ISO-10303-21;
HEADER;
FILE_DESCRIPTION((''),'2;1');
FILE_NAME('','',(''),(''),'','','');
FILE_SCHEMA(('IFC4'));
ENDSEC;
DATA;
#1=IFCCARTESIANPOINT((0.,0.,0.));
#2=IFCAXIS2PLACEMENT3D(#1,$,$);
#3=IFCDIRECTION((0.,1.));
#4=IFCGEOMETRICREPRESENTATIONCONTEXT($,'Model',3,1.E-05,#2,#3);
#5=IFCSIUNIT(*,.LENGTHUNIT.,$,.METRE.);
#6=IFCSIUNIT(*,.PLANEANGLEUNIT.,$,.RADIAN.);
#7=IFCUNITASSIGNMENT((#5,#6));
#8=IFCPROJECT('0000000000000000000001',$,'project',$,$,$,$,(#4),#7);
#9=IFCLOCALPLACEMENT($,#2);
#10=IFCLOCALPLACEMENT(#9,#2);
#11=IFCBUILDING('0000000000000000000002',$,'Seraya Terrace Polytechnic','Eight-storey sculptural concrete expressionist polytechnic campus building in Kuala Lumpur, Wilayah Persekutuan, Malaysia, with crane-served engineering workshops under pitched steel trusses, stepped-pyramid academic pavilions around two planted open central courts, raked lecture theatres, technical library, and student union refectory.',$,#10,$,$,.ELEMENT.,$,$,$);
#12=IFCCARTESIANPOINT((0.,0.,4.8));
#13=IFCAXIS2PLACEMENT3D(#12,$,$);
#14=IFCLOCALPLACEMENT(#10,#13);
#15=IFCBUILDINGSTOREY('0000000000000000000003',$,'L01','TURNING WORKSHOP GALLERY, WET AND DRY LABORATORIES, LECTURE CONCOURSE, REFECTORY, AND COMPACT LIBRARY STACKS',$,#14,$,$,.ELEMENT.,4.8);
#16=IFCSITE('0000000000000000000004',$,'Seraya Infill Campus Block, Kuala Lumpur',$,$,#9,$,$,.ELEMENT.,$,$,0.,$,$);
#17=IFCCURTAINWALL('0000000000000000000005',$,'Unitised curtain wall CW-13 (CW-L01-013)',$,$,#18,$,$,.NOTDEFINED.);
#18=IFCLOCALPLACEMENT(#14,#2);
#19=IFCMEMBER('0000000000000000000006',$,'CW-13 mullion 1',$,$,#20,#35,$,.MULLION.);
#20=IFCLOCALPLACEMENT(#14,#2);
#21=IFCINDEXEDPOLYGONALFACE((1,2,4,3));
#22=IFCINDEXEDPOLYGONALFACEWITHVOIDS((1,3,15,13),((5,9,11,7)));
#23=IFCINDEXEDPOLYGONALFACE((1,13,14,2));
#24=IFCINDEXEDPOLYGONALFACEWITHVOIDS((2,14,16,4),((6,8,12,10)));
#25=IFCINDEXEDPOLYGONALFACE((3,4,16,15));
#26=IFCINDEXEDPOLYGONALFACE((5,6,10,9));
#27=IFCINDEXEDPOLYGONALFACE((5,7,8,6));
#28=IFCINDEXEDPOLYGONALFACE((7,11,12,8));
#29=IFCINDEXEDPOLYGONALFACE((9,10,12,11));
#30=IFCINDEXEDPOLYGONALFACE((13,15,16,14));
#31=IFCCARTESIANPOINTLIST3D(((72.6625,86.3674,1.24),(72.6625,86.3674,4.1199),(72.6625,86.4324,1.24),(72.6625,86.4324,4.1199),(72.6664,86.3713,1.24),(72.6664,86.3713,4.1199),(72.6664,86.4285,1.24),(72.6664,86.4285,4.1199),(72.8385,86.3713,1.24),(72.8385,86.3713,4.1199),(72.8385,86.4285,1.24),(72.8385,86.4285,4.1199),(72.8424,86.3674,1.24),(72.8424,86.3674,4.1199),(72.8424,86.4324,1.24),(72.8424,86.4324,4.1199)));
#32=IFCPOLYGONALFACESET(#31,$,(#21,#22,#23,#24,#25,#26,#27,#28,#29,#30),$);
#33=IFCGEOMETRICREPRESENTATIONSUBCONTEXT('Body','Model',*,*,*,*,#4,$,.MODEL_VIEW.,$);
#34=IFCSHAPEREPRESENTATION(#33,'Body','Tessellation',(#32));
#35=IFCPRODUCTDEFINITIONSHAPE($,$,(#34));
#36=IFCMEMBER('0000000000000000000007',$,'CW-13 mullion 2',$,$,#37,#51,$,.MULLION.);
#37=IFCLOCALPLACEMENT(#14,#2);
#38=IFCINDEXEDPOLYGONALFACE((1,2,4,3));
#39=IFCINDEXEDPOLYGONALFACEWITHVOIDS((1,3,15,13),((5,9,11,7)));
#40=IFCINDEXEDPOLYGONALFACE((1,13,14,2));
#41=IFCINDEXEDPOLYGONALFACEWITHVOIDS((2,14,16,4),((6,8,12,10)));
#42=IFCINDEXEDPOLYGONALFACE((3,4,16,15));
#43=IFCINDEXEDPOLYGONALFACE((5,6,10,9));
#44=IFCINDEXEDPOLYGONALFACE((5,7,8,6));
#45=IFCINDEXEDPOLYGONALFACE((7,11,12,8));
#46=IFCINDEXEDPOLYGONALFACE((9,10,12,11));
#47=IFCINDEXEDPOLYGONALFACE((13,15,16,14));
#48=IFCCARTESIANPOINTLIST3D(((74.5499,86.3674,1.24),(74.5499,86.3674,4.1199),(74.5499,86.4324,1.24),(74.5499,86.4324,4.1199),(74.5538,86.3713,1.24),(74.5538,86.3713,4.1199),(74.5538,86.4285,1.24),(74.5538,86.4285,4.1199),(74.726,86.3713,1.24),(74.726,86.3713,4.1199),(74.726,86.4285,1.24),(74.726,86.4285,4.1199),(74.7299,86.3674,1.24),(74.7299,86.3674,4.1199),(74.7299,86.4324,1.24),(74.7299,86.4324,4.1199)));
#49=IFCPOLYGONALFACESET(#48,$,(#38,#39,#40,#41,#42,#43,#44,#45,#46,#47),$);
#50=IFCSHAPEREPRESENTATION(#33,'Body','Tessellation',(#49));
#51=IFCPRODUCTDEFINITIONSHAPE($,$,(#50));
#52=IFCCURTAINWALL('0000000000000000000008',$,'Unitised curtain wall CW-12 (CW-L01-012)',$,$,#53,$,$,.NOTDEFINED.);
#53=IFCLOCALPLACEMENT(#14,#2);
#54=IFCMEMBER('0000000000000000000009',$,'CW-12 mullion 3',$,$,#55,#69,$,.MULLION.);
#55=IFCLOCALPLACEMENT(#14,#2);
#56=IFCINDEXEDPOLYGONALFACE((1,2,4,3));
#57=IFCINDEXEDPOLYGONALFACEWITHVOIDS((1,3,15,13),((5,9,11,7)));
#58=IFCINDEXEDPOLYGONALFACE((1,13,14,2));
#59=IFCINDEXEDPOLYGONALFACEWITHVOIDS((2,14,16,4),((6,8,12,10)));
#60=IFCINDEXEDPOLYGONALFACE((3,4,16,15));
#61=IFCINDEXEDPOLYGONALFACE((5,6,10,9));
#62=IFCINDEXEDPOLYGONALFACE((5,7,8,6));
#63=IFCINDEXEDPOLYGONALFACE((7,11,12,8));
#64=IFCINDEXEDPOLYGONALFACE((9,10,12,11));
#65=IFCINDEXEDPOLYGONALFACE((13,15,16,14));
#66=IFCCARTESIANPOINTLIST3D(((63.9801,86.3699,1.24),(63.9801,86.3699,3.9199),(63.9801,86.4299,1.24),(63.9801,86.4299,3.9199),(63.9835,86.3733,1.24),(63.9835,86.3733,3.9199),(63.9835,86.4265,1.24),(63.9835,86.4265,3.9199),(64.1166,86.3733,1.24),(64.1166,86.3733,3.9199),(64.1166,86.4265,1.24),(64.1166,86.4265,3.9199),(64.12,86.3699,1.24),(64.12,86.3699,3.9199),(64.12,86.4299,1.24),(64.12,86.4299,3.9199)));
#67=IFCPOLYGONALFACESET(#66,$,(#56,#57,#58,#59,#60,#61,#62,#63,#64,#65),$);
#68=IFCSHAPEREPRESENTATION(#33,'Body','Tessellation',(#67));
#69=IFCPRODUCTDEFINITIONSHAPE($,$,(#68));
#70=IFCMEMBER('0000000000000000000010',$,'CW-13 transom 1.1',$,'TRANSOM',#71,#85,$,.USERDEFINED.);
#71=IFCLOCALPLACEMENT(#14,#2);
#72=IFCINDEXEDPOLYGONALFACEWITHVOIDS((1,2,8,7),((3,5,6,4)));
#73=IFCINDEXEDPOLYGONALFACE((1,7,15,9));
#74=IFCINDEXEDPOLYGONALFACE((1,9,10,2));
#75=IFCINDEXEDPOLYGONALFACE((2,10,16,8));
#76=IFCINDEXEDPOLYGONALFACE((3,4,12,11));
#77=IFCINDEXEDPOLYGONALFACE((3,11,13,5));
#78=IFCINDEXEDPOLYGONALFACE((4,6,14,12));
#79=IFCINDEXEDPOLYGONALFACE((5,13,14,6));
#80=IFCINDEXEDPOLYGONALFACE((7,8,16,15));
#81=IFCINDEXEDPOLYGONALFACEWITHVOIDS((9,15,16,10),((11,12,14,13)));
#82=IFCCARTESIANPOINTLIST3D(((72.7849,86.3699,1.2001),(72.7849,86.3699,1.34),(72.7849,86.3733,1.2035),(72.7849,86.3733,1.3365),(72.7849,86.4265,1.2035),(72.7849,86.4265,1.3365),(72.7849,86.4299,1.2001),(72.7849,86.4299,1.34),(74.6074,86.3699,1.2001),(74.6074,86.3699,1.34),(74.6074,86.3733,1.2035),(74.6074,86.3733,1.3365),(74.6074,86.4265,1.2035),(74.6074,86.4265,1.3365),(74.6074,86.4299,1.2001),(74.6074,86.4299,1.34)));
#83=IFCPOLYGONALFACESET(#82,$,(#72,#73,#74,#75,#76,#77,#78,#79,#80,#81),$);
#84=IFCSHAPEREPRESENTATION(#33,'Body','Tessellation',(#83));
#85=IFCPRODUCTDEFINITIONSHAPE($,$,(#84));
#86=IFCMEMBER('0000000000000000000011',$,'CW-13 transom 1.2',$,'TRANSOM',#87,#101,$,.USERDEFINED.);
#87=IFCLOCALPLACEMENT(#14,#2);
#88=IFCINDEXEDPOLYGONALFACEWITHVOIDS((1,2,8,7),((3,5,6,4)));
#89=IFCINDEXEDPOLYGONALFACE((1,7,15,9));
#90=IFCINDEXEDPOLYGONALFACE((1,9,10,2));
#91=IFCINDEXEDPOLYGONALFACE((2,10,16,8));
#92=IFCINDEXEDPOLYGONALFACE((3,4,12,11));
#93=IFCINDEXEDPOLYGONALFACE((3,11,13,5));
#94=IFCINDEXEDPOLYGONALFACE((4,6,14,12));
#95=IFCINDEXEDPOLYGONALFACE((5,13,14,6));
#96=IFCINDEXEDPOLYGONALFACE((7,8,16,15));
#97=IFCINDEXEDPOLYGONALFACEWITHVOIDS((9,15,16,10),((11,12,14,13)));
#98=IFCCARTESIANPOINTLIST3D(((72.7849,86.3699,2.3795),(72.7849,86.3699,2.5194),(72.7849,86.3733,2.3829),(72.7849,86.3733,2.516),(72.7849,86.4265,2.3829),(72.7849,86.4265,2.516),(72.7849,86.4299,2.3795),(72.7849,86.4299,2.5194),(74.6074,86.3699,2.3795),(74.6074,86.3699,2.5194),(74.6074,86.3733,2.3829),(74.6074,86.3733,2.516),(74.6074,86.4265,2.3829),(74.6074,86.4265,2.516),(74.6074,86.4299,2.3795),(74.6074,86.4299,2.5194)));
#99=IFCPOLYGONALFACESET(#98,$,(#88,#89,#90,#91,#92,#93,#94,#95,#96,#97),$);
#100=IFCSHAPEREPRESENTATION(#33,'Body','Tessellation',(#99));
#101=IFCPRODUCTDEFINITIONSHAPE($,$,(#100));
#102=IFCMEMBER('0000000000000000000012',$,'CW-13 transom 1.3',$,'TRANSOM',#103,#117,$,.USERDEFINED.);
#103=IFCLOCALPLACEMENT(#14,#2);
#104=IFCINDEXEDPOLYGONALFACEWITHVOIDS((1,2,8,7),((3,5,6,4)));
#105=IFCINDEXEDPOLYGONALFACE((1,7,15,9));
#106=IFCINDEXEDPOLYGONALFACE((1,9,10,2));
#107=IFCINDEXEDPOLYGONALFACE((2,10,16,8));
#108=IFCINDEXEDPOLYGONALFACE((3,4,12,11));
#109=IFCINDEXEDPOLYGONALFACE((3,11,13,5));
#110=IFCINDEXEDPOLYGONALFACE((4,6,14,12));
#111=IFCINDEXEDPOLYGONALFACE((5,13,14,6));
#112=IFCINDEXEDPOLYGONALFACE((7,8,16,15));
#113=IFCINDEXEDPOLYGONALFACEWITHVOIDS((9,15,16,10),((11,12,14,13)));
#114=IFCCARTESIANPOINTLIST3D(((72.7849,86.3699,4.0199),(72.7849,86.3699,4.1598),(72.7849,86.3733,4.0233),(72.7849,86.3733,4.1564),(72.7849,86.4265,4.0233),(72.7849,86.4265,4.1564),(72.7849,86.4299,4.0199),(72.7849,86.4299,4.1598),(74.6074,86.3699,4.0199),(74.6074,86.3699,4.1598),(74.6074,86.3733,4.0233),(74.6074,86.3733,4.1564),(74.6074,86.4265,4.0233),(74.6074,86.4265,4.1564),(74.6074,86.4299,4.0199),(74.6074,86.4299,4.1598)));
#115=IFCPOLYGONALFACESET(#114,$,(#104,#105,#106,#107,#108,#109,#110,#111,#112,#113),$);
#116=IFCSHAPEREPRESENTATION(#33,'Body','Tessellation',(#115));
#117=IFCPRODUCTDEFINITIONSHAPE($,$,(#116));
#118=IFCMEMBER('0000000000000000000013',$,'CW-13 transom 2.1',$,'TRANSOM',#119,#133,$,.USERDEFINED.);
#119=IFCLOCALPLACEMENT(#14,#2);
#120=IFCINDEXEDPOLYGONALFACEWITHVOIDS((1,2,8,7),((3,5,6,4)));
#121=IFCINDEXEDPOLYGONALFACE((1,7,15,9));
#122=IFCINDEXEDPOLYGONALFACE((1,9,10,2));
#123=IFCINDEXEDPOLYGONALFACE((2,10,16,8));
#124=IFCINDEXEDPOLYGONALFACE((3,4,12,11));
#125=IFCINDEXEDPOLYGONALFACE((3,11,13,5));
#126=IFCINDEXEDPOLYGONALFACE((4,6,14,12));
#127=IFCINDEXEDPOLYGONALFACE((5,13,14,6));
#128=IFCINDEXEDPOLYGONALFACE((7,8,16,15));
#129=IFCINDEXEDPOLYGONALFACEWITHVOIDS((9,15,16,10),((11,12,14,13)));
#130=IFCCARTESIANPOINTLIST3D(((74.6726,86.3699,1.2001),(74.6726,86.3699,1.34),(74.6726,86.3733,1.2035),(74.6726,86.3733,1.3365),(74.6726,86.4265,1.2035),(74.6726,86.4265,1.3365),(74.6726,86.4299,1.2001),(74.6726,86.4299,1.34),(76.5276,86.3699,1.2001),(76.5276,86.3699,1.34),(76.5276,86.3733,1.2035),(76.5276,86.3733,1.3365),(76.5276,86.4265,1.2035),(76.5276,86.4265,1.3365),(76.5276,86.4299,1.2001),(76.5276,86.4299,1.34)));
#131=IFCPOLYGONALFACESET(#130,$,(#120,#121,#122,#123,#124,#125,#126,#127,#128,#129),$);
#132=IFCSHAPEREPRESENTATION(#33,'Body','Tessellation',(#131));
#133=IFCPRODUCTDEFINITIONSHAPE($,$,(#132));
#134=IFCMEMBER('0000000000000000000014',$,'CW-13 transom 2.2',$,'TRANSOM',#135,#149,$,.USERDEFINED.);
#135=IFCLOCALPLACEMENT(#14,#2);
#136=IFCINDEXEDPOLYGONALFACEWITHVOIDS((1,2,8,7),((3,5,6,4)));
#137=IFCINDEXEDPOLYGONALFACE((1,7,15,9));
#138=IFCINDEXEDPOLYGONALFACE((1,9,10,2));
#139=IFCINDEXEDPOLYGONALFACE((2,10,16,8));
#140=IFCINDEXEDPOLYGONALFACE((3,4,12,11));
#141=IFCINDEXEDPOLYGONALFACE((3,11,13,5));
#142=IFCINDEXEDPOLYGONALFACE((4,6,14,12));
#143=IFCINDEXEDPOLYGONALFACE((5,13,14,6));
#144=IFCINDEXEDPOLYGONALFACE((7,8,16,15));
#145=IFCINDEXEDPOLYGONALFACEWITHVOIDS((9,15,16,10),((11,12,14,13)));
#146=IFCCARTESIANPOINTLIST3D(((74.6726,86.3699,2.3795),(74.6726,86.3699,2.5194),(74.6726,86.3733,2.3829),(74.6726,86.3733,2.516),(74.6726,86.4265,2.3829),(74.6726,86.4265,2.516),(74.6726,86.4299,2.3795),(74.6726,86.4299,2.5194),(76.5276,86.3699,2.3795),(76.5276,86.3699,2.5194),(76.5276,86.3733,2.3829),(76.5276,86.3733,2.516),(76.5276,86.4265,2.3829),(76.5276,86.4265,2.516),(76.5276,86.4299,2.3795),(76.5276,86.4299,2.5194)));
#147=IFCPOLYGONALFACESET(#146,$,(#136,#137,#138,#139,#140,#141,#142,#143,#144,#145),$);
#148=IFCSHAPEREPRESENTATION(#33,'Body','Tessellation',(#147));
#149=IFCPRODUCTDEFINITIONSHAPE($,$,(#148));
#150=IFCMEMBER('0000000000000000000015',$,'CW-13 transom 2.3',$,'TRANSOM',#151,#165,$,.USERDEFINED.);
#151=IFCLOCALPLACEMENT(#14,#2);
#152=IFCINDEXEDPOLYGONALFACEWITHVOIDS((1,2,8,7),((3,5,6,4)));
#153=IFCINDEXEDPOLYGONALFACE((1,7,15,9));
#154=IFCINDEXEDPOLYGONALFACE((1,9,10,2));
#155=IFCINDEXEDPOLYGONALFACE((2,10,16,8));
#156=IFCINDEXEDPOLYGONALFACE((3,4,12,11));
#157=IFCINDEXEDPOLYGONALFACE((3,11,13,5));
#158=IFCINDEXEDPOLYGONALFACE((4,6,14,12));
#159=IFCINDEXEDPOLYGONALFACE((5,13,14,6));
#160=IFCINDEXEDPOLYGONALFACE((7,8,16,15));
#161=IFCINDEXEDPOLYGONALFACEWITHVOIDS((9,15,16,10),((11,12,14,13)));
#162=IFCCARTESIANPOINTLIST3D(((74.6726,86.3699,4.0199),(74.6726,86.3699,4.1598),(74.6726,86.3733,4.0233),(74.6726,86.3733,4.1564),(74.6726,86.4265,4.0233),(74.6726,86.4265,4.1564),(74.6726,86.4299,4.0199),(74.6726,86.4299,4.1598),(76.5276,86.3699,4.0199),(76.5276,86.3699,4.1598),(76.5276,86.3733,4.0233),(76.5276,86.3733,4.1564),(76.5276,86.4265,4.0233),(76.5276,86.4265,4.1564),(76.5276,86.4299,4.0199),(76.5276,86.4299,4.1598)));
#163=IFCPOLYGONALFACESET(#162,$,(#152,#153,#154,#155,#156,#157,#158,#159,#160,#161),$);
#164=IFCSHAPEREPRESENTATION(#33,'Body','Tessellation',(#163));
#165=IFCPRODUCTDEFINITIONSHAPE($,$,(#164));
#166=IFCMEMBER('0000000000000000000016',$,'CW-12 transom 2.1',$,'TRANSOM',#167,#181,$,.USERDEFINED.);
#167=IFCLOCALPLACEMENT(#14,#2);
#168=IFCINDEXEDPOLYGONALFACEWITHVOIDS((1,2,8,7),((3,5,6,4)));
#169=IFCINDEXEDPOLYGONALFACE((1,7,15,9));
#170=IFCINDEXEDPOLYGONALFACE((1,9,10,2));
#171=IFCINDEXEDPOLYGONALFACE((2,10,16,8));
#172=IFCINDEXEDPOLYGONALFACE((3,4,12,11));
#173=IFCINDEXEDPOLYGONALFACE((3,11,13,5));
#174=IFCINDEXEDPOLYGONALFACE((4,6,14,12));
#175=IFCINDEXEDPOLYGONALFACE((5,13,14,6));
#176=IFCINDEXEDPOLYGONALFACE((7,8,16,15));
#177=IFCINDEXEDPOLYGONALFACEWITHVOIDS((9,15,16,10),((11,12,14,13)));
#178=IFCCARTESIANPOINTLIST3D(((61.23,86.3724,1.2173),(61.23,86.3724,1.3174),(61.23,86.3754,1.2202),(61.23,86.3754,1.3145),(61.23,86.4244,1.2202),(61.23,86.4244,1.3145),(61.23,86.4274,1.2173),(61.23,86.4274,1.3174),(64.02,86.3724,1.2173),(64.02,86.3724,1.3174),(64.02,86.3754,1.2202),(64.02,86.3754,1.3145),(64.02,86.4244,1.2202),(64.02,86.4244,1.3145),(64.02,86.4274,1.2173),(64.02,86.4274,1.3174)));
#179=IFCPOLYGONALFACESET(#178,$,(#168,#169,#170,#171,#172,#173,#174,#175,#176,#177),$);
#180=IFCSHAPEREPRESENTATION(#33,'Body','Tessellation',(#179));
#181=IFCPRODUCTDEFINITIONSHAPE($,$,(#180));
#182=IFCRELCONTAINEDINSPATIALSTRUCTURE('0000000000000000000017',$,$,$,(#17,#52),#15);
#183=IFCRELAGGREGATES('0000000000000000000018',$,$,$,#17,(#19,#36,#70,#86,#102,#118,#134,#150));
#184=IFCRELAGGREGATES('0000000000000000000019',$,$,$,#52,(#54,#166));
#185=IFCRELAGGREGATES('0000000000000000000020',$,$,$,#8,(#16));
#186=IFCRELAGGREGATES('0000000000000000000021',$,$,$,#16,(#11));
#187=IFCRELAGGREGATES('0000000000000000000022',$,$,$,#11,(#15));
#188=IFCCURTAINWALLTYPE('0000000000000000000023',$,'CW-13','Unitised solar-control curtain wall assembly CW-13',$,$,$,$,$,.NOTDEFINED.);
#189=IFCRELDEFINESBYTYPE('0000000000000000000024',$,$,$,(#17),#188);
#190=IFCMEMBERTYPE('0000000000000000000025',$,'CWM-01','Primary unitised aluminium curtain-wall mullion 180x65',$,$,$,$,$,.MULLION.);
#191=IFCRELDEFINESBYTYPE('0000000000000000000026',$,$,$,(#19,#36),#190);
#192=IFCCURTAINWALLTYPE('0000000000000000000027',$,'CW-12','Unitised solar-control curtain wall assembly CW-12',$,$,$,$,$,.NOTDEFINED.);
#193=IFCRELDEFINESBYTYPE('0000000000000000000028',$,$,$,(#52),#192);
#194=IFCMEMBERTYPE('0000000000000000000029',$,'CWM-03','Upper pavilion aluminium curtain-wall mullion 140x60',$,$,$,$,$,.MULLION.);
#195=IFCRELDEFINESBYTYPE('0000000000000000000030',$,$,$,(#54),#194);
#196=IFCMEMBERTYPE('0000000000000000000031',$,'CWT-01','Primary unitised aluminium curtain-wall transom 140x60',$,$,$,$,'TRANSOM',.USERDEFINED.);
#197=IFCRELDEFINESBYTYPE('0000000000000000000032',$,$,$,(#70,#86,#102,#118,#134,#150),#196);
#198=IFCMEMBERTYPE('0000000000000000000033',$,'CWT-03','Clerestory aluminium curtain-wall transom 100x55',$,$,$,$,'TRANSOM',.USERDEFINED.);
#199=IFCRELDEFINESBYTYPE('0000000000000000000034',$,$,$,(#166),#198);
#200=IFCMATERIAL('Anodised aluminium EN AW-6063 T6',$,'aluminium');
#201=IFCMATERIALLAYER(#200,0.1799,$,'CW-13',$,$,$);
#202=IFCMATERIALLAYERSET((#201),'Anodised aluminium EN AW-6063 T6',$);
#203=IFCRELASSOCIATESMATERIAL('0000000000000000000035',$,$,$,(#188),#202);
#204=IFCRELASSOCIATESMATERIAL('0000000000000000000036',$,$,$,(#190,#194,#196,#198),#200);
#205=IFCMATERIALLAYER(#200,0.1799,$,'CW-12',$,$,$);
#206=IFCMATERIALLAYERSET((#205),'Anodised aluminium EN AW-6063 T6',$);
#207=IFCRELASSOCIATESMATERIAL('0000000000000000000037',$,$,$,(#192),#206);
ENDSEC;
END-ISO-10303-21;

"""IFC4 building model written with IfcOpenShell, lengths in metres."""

from ifc_helpers import new_model, si_unit, direction, frame, origin, origin_2d, place, context, subcontext, project, spatial, hollow_rectangle, extrude, material, layer, layer_set, material_profile, profile_set, type_object, element, aggregate, save


model = new_model("IFC4")

# Units and contexts
model_context = context("Model", 3, precision=1e-05, world=origin(), true_north=direction((0.0, 1.0)))
body_context = subcontext(model_context, "Body", "Model", "MODEL_VIEW")
ifc_project = project(units=[si_unit("LENGTHUNIT", "METRE"), si_unit("PLANEANGLEUNIT", "RADIAN")], contexts=[model_context])

# Site, building, storey
site_placement = place(None, origin())
site = spatial("IfcSite", under=ifc_project, at=site_placement, Name="Seraya Infill Campus Block, Kuala Lumpur", CompositionType="ELEMENT", RefElevation=0.0)
building_placement = place(site_placement, origin())
building = spatial("IfcBuilding", under=site, at=building_placement, Name="Seraya Terrace Polytechnic", Description="Eight-storey sculptural concrete expressionist polytechnic campus building in Kuala Lumpur, Wilayah Persekutuan, Malaysia, with crane-served engineering workshops under pitched steel trusses, stepped-pyramid academic pavilions around two planted open central courts, raked lecture theatres, technical library, and student union refectory.", CompositionType="ELEMENT")
storey_placement = place(building_placement, frame((0.0, 0.0, 4.8)))
storey = spatial("IfcBuildingStorey", under=building, at=storey_placement, Name="L01", Description="TURNING WORKSHOP GALLERY, WET AND DRY LABORATORIES, LECTURE CONCOURSE, REFECTORY, AND COMPACT LIBRARY STACKS", CompositionType="ELEMENT", Elevation=4.8)

# Curtain wall, members
ifc_material_1 = material(Name="Anodised aluminium EN AW-6063 T6", Category="aluminium")
ifc_layer_1 = layer(ifc_material_1, 0.1799, Name="CW-13")
ifc_layer_set_1 = layer_set([ifc_layer_1], Name="Anodised aluminium EN AW-6063 T6")
curtain_wall_type_1 = type_object("IfcCurtainWallType", Name="CW-13", Description="Unitised solar-control curtain wall assembly CW-13", PredefinedType="NOTDEFINED", material=ifc_layer_set_1)
curtain_wall_1_placement = place(storey_placement, origin())
curtain_wall_1 = element("IfcCurtainWall", 1, at=curtain_wall_1_placement, inside=storey, type_object=curtain_wall_type_1, Name="Unitised curtain wall CW-13 (CW-L01-013)", PredefinedType="NOTDEFINED")
ifc_material_profile_1 = material_profile(ifc_material_1, hollow_rectangle(XDim=0.0649, YDim=0.1799, WallThickness=0.0039, at=origin_2d()), Name="RHS 180x65x4.0")
ifc_profile_set_1 = profile_set([ifc_material_profile_1], Name="Anodised aluminium EN AW-6063 T6")
member_type_1 = type_object("IfcMemberType", Name="CWM-01", Description="Primary unitised aluminium curtain-wall mullion 180x65", PredefinedType="MULLION", material=ifc_profile_set_1)
member_1_placement = place(storey_placement, frame((72.7524, 86.3999, 1.24), z_axis=(0.0, 0.0, 1.0), x_axis=(0.0, 1.0, 0.0)))
member_1 = element("IfcMember", 2, at=member_1_placement, type_object=member_type_1, Name="CW-13 mullion 1", PredefinedType="MULLION", context=body_context, shape_type="SweptSolid", body=[
    extrude(hollow_rectangle(XDim=0.0649, YDim=0.1799, WallThickness=0.0039, at=origin_2d()), origin(), (0.0, 0.0, 1.0), 2.8799),
])
member_2_placement = place(storey_placement, frame((74.6399, 86.3999, 1.24), z_axis=(0.0, 0.0, 1.0), x_axis=(0.0, 1.0, 0.0)))
member_2 = element("IfcMember", 3, at=member_2_placement, type_object=member_type_1, Name="CW-13 mullion 2", PredefinedType="MULLION", context=body_context, shape_type="SweptSolid", body=[
    extrude(hollow_rectangle(XDim=0.0649, YDim=0.1799, WallThickness=0.0039, at=origin_2d()), origin(), (0.0, 0.0, 1.0), 2.8799),
])

# Curtain wall, member
ifc_layer_2 = layer(ifc_material_1, 0.1799, Name="CW-12")
ifc_layer_set_2 = layer_set([ifc_layer_2], Name="Anodised aluminium EN AW-6063 T6")
curtain_wall_type_2 = type_object("IfcCurtainWallType", Name="CW-12", Description="Unitised solar-control curtain wall assembly CW-12", PredefinedType="NOTDEFINED", material=ifc_layer_set_2)
curtain_wall_2_placement = place(storey_placement, origin())
curtain_wall_2 = element("IfcCurtainWall", 4, at=curtain_wall_2_placement, inside=storey, type_object=curtain_wall_type_2, Name="Unitised curtain wall CW-12 (CW-L01-012)", PredefinedType="NOTDEFINED")
ifc_material_profile_2 = material_profile(ifc_material_1, hollow_rectangle(XDim=0.0601, YDim=0.1399, WallThickness=0.0034, at=origin_2d()), Name="RHS 140x60x3.5")
ifc_profile_set_2 = profile_set([ifc_material_profile_2], Name="Anodised aluminium EN AW-6063 T6")
member_type_2 = type_object("IfcMemberType", Name="CWM-03", Description="Upper pavilion aluminium curtain-wall mullion 140x60", PredefinedType="MULLION", material=ifc_profile_set_2)
member_3_placement = place(storey_placement, frame((64.05, 86.3999, 1.24), z_axis=(0.0, 0.0, 1.0), x_axis=(0.0, 1.0, 0.0)))
member_3 = element("IfcMember", 5, at=member_3_placement, type_object=member_type_2, Name="CW-12 mullion 3", PredefinedType="MULLION", context=body_context, shape_type="SweptSolid", body=[
    extrude(hollow_rectangle(XDim=0.0601, YDim=0.1399, WallThickness=0.0034, at=origin_2d()), origin(), (0.0, 0.0, 1.0), 2.6799),
])

# Members
ifc_material_profile_3 = material_profile(ifc_material_1, hollow_rectangle(XDim=0.0601, YDim=0.1399, WallThickness=0.0034, at=origin_2d()), Name="RHS 140x60x3.5")
ifc_profile_set_3 = profile_set([ifc_material_profile_3], Name="Anodised aluminium EN AW-6063 T6")
member_type_3 = type_object("IfcMemberType", Name="CWT-01", Description="Primary unitised aluminium curtain-wall transom 140x60", ElementType="TRANSOM", PredefinedType="USERDEFINED", material=ifc_profile_set_3)
member_4_placement = place(storey_placement, frame((72.7849, 86.3999, 1.27), z_axis=(1.0, 0.0, 0.0), x_axis=(0.0, 1.0, 0.0)))
member_4 = element("IfcMember", 6, at=member_4_placement, type_object=member_type_3, Name="CW-13 transom 1.1", ObjectType="TRANSOM", PredefinedType="USERDEFINED", context=body_context, shape_type="SweptSolid", body=[
    extrude(hollow_rectangle(XDim=0.0601, YDim=0.1399, WallThickness=0.0034, at=origin_2d()), origin(), (0.0, 0.0, 1.0), 1.8225),
])
member_5_placement = place(storey_placement, frame((72.7849, 86.3999, 2.4495), z_axis=(1.0, 0.0, 0.0), x_axis=(0.0, 1.0, 0.0)))
member_5 = element("IfcMember", 7, at=member_5_placement, type_object=member_type_3, Name="CW-13 transom 1.2", ObjectType="TRANSOM", PredefinedType="USERDEFINED", context=body_context, shape_type="SweptSolid", body=[
    extrude(hollow_rectangle(XDim=0.0601, YDim=0.1399, WallThickness=0.0034, at=origin_2d()), origin(), (0.0, 0.0, 1.0), 1.8225),
])
member_6_placement = place(storey_placement, frame((72.7849, 86.3999, 4.0898), z_axis=(1.0, 0.0, 0.0), x_axis=(0.0, 1.0, 0.0)))
member_6 = element("IfcMember", 8, at=member_6_placement, type_object=member_type_3, Name="CW-13 transom 1.3", ObjectType="TRANSOM", PredefinedType="USERDEFINED", context=body_context, shape_type="SweptSolid", body=[
    extrude(hollow_rectangle(XDim=0.0601, YDim=0.1399, WallThickness=0.0034, at=origin_2d()), origin(), (0.0, 0.0, 1.0), 1.8225),
])
member_7_placement = place(storey_placement, frame((74.6726, 86.3999, 1.27), z_axis=(1.0, 0.0, 0.0), x_axis=(0.0, 1.0, 0.0)))
member_7 = element("IfcMember", 9, at=member_7_placement, type_object=member_type_3, Name="CW-13 transom 2.1", ObjectType="TRANSOM", PredefinedType="USERDEFINED", context=body_context, shape_type="SweptSolid", body=[
    extrude(hollow_rectangle(XDim=0.0601, YDim=0.1399, WallThickness=0.0034, at=origin_2d()), origin(), (0.0, 0.0, 1.0), 1.855),
])
member_8_placement = place(storey_placement, frame((74.6726, 86.3999, 2.4495), z_axis=(1.0, 0.0, 0.0), x_axis=(0.0, 1.0, 0.0)))
member_8 = element("IfcMember", 10, at=member_8_placement, type_object=member_type_3, Name="CW-13 transom 2.2", ObjectType="TRANSOM", PredefinedType="USERDEFINED", context=body_context, shape_type="SweptSolid", body=[
    extrude(hollow_rectangle(XDim=0.0601, YDim=0.1399, WallThickness=0.0034, at=origin_2d()), origin(), (0.0, 0.0, 1.0), 1.855),
])
member_9_placement = place(storey_placement, frame((74.6726, 86.3999, 4.0898), z_axis=(1.0, 0.0, 0.0), x_axis=(0.0, 1.0, 0.0)))
member_9 = element("IfcMember", 11, at=member_9_placement, type_object=member_type_3, Name="CW-13 transom 2.3", ObjectType="TRANSOM", PredefinedType="USERDEFINED", context=body_context, shape_type="SweptSolid", body=[
    extrude(hollow_rectangle(XDim=0.0601, YDim=0.1399, WallThickness=0.0034, at=origin_2d()), origin(), (0.0, 0.0, 1.0), 1.855),
])
ifc_material_profile_4 = material_profile(ifc_material_1, hollow_rectangle(XDim=0.0549, YDim=0.1001, WallThickness=0.0029, at=origin_2d()), Name="RHS 100x55x3.0")
ifc_profile_set_4 = profile_set([ifc_material_profile_4], Name="Anodised aluminium EN AW-6063 T6")
member_type_4 = type_object("IfcMemberType", Name="CWT-03", Description="Clerestory aluminium curtain-wall transom 100x55", ElementType="TRANSOM", PredefinedType="USERDEFINED", material=ifc_profile_set_4)
member_10_placement = place(storey_placement, frame((61.23, 86.3999, 1.2673), z_axis=(1.0, 0.0, 0.0), x_axis=(0.0, 1.0, 0.0)))
member_10 = element("IfcMember", 12, at=member_10_placement, type_object=member_type_4, Name="CW-12 transom 2.1", ObjectType="TRANSOM", PredefinedType="USERDEFINED", context=body_context, shape_type="SweptSolid", body=[
    extrude(hollow_rectangle(XDim=0.0549, YDim=0.1001, WallThickness=0.0029, at=origin_2d()), origin(), (0.0, 0.0, 1.0), 2.79),
])

aggregate(curtain_wall_1, [member_1, member_2, member_4, member_5, member_6, member_7, member_8, member_9])
aggregate(curtain_wall_2, [member_3, member_10])

save(model, "model.ifc")
